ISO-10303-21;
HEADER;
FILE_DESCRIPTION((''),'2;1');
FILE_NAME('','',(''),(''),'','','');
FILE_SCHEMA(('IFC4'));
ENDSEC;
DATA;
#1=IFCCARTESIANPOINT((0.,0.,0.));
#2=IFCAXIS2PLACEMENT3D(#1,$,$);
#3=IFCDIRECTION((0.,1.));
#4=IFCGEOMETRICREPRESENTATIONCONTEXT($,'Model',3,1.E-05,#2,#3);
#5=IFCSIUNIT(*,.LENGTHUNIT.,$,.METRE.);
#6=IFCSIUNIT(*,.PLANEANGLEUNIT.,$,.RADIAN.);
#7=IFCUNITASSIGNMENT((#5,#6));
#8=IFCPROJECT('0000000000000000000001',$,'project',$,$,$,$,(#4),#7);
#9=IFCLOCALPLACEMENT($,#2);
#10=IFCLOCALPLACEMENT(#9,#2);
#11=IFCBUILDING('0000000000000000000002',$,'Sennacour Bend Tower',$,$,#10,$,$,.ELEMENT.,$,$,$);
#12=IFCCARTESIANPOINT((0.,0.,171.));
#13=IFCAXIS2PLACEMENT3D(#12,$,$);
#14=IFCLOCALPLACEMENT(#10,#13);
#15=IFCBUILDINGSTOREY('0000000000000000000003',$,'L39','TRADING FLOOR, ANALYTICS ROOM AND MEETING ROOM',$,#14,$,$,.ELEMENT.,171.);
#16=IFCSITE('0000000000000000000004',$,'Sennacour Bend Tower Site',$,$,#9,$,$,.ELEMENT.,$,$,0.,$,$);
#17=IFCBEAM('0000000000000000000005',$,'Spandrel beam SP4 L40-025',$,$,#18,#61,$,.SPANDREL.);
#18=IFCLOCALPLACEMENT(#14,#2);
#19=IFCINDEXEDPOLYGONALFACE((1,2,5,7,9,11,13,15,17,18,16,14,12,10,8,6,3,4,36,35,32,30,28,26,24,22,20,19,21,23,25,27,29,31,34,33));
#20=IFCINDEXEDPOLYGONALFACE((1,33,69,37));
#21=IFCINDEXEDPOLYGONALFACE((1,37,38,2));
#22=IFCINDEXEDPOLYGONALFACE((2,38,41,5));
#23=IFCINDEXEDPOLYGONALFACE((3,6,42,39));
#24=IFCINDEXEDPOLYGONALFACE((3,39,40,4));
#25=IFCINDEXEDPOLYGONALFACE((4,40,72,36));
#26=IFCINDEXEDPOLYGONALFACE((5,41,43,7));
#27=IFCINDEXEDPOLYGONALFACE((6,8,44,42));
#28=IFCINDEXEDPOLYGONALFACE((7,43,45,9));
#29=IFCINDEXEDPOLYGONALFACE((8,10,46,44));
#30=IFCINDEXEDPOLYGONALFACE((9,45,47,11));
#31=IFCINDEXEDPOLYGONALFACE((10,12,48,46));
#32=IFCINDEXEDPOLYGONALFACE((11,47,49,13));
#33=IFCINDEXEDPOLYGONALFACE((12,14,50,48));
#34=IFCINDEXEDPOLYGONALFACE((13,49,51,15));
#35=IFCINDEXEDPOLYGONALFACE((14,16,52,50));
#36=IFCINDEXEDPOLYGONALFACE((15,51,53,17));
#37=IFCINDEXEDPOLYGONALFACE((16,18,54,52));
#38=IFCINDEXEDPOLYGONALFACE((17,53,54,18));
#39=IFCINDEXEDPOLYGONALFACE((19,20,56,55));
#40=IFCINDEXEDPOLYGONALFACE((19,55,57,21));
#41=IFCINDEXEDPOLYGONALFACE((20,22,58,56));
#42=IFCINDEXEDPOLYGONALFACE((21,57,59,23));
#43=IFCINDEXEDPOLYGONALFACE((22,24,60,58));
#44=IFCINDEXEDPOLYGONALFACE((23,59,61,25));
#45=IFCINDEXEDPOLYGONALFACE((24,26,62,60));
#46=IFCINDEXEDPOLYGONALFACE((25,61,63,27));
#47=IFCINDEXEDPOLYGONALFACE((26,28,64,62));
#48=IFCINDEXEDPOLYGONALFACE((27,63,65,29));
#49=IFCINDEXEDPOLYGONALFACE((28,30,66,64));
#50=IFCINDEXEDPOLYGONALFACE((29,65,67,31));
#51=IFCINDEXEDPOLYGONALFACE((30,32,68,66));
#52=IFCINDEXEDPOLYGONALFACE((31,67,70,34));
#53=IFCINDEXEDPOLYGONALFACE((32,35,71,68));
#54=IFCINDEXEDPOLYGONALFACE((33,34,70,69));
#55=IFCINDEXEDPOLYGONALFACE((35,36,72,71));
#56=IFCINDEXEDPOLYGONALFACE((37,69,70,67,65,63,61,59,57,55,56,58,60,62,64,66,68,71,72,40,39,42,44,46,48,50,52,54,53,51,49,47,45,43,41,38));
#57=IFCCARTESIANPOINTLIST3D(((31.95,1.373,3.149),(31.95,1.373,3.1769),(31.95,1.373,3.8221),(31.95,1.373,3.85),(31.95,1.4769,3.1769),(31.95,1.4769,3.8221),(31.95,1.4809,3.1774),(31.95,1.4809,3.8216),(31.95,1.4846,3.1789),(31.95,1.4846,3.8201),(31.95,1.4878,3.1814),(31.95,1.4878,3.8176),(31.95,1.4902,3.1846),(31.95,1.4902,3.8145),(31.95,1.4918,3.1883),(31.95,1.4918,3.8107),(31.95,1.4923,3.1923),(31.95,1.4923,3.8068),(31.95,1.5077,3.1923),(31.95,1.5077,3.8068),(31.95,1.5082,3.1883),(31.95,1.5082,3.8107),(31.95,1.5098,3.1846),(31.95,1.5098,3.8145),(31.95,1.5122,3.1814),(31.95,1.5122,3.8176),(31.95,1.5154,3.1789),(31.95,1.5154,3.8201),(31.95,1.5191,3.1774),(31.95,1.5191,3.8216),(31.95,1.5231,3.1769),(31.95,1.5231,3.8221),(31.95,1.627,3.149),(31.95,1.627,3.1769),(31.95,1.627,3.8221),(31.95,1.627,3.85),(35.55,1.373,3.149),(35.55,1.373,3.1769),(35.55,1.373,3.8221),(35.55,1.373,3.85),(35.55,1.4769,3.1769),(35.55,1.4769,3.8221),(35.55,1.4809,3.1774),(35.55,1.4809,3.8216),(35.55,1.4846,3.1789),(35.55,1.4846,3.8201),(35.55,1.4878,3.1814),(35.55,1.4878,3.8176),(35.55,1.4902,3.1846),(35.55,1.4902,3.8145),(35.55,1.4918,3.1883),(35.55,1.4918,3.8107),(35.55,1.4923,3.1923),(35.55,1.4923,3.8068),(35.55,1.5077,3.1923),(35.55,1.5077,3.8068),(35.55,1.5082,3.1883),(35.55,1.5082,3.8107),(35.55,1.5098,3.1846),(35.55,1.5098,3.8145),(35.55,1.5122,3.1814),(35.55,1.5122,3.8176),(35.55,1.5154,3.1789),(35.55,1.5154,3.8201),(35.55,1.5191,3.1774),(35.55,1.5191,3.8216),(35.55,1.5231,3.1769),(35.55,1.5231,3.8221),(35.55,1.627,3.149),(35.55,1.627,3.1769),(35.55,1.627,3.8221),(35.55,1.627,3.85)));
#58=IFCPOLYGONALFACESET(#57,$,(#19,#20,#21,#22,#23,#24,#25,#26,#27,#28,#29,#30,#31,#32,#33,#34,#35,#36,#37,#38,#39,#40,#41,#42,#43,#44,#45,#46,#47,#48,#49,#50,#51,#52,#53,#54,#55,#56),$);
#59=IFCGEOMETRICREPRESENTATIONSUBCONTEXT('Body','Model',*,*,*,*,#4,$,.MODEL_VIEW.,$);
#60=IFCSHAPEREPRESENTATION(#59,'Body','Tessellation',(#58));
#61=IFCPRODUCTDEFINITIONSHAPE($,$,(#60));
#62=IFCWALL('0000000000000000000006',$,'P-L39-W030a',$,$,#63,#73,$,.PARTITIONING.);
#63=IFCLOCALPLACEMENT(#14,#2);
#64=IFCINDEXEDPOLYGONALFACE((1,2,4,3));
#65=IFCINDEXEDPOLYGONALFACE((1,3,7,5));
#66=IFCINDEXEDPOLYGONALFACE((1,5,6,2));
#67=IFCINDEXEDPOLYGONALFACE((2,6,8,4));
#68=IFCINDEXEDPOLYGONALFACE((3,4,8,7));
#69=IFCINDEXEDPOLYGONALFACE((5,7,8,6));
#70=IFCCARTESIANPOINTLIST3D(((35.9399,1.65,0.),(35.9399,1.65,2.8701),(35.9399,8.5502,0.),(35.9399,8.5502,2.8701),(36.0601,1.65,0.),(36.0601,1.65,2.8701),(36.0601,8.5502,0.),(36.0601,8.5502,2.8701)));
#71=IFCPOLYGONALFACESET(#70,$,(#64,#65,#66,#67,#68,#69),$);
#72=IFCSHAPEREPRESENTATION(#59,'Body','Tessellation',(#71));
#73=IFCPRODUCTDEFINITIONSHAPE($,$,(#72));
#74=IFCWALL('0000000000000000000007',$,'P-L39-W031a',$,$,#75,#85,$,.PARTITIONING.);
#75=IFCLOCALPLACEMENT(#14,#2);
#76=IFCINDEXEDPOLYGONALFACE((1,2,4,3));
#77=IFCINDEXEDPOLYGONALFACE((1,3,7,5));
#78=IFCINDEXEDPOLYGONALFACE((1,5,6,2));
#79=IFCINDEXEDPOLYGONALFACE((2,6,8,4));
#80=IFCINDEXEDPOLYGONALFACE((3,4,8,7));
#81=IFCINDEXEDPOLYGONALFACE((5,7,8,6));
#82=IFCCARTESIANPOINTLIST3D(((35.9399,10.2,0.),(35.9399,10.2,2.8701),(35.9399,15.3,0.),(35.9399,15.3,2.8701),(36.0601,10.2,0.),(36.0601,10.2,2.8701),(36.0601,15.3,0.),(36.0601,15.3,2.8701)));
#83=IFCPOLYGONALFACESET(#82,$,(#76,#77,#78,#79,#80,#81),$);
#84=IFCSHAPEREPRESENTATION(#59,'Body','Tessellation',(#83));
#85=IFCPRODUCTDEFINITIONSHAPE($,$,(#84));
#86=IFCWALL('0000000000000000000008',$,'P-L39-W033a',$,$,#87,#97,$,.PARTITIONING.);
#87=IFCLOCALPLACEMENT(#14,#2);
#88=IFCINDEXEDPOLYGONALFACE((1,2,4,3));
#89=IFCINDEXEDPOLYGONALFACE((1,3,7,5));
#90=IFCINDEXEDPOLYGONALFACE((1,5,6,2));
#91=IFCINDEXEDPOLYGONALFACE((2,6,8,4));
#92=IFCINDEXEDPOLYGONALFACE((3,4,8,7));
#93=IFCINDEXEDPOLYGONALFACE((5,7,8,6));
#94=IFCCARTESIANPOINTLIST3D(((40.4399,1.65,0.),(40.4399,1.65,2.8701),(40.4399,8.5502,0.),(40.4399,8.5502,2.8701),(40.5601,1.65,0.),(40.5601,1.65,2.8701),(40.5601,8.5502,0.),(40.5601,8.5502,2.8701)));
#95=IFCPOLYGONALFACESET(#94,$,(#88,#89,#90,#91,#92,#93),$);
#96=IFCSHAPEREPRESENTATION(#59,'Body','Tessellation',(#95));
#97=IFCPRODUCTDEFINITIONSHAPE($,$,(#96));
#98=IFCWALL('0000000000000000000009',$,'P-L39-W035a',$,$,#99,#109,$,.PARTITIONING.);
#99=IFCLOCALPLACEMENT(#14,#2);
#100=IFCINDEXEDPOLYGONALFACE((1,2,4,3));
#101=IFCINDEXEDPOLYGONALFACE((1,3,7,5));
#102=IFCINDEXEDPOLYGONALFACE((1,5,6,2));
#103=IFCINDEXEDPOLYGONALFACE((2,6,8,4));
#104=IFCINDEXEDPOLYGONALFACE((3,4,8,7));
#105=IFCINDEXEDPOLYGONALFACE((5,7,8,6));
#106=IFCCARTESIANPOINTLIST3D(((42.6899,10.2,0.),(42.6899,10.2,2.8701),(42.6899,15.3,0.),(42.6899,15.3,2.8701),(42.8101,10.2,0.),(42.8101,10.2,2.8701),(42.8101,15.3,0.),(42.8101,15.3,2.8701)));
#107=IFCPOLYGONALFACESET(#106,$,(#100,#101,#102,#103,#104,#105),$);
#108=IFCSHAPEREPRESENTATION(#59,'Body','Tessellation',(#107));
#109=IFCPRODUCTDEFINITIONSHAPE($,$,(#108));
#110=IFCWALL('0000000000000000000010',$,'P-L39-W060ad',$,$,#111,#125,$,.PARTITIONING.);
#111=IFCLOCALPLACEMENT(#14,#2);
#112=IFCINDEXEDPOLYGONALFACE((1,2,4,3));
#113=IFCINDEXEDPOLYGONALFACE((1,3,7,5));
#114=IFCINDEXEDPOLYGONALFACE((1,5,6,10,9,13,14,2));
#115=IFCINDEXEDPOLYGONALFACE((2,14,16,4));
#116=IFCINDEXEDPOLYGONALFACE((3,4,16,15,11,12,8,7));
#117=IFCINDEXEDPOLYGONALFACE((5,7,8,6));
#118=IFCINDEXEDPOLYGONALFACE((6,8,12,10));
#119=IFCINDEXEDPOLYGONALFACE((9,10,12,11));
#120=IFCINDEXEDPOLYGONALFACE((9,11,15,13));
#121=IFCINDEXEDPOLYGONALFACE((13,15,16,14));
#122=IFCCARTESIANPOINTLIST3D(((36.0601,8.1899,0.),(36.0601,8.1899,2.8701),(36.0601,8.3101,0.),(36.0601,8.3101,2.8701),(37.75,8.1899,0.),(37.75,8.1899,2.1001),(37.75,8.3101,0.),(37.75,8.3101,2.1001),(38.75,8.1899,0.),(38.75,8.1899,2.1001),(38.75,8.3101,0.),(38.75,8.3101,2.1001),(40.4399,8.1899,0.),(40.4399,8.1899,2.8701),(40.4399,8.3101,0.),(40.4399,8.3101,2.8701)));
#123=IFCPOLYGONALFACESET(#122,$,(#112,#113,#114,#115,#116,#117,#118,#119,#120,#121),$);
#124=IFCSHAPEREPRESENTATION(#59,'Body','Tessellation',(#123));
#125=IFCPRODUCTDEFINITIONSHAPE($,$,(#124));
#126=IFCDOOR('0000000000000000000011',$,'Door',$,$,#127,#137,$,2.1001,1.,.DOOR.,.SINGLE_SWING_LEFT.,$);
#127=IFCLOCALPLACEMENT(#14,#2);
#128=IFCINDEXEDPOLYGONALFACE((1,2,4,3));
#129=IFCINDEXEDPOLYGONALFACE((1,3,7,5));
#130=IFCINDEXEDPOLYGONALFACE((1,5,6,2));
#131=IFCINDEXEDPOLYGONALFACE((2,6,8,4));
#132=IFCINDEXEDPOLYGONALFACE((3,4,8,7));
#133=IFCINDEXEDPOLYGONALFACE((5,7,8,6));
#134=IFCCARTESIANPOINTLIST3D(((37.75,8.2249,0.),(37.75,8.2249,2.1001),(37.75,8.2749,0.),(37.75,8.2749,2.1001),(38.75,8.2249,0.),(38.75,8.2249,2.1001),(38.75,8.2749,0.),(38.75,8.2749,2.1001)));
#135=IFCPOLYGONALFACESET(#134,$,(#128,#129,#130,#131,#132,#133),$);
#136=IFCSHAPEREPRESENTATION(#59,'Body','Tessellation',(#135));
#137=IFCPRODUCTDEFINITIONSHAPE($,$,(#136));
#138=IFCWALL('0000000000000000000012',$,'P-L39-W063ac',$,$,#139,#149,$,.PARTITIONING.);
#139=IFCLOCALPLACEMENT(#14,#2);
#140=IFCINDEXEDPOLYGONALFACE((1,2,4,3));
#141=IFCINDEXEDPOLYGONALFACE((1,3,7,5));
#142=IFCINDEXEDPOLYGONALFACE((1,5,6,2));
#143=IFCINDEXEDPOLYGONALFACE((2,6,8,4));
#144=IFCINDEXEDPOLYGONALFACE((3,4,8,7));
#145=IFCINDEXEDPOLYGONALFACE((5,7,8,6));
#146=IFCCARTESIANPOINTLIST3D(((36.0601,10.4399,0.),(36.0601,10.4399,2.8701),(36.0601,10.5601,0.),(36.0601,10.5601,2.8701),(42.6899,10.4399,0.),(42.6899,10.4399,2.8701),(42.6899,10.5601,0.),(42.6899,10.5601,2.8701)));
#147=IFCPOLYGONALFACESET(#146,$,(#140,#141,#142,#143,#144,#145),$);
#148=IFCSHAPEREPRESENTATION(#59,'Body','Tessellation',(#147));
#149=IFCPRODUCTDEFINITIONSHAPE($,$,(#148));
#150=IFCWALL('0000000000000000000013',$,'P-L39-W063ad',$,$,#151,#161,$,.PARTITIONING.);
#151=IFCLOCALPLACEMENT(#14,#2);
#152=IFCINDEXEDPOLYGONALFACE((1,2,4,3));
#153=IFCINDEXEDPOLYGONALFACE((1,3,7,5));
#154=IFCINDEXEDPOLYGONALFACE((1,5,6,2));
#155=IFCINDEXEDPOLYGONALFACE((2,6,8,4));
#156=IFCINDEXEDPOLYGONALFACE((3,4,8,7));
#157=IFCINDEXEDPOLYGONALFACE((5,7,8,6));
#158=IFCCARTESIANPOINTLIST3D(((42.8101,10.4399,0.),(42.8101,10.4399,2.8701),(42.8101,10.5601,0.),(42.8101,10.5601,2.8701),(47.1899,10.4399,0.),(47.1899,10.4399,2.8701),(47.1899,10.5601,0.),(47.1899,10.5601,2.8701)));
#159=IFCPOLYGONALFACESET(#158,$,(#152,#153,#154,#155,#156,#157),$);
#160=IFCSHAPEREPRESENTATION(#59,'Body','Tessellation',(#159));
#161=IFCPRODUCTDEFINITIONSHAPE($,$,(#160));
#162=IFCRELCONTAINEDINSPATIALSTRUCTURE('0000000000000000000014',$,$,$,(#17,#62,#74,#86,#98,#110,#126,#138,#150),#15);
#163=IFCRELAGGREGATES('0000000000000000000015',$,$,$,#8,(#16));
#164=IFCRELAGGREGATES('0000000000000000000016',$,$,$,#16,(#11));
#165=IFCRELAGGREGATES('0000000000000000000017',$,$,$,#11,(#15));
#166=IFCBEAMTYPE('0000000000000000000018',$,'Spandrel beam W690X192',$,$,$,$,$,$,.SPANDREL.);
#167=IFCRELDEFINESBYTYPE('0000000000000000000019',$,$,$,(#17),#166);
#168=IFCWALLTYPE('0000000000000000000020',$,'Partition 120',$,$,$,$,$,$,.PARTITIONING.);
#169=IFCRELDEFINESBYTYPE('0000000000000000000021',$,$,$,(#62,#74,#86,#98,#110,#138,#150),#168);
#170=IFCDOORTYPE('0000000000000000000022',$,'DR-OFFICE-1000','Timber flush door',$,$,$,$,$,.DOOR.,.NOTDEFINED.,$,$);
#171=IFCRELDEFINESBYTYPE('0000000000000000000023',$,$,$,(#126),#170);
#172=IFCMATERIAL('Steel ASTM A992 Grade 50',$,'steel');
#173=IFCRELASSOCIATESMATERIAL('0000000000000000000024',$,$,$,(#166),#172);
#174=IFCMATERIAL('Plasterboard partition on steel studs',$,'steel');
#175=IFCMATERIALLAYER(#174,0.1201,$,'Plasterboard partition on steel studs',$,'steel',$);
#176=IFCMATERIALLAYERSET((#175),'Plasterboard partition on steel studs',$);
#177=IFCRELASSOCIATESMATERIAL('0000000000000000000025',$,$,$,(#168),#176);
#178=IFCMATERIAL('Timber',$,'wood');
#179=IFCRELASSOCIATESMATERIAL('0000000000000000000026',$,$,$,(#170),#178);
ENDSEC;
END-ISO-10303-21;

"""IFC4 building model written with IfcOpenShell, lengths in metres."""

from ifc_helpers import new_model, si_unit, direction, frame, frame_2d, origin, origin_2d, place, context, subcontext, project, spatial, rectangle, i_section, extrude, material, layer, layer_set, material_profile, profile_set, type_object, element, fill, save


model = new_model("IFC4")

# Units and contexts
model_context = context("Model", 3, precision=1e-05, world=origin(), true_north=direction((0.0, 1.0)))
body_context = subcontext(model_context, "Body", "Model", "MODEL_VIEW")
ifc_project = project(units=[si_unit("LENGTHUNIT", "METRE"), si_unit("PLANEANGLEUNIT", "RADIAN")], contexts=[model_context])

# Site, building, storey
site_placement = place(None, origin())
site = spatial("IfcSite", under=ifc_project, at=site_placement, Name="Sennacour Bend Tower Site", CompositionType="ELEMENT", RefElevation=0.0)
building_placement = place(site_placement, origin())
building = spatial("IfcBuilding", under=site, at=building_placement, Name="Sennacour Bend Tower", CompositionType="ELEMENT")
storey_placement = place(building_placement, frame((0.0, 0.0, 171.0)))
storey = spatial("IfcBuildingStorey", under=building, at=storey_placement, Name="L39", Description="TRADING FLOOR, ANALYTICS ROOM AND MEETING ROOM", CompositionType="ELEMENT", Elevation=171.0)

# Beam
ifc_material_1 = material(Name="Steel ASTM A992 Grade 50", Category="steel")
ifc_material_profile_1 = material_profile(ifc_material_1, i_section(OverallWidth=0.2539, OverallDepth=0.7009, WebThickness=0.0154, FlangeThickness=0.0278, FilletRadius=0.0154, at=origin_2d()), Name="Steel ASTM A992 Grade 50", Category="steel")
ifc_profile_set_1 = profile_set([ifc_material_profile_1], Name="Steel ASTM A992 Grade 50")
beam_type_1 = type_object("IfcBeamType", Name="Spandrel beam W690X192", PredefinedType="SPANDREL", material=ifc_profile_set_1)
for number, where, z_axis, x_axis, name in (
    (1, (35.55, 1.5, 3.4995), (-1.0, 0.0, 0.0), (0.0, -1.0, 0.0), "Spandrel beam SP4 L40-025"),
):
    element("IfcBeam", number, at=place(storey_placement, frame(where, z_axis=z_axis, x_axis=x_axis)), inside=storey, type_object=beam_type_1, Name=name, PredefinedType="SPANDREL", context=body_context, shape_type="SweptSolid", body=[
        extrude(i_section(OverallWidth=0.2539, OverallDepth=0.7009, WebThickness=0.0154, FlangeThickness=0.0278, FilletRadius=0.0154, at=origin_2d()), origin(), (0.0, 0.0, 1.0), 3.6001),
    ])

# Walls
ifc_material_2 = material(Name="Plasterboard partition on steel studs", Category="steel")
ifc_layer_1 = layer(ifc_material_2, 0.1201, Name="Plasterboard partition on steel studs", Category="steel")
ifc_layer_set_1 = layer_set([ifc_layer_1], Name="Plasterboard partition on steel studs")
wall_type_1 = type_object("IfcWallType", Name="Partition 120", PredefinedType="PARTITIONING", material=ifc_layer_set_1)
wall_1_placement = place(storey_placement, frame((36.0, 1.6499, 0.0), z_axis=(0.0, 0.0, 1.0), x_axis=(0.0, 1.0, 0.0)))
element("IfcWall", 2, at=wall_1_placement, inside=storey, type_object=wall_type_1, Name="P-L39-W030a", PredefinedType="PARTITIONING", context=body_context, shape_type="SweptSolid", body=[
    extrude(rectangle(XDim=6.9001, YDim=0.1201, at=frame_2d((3.4502, 0.0))), origin(), (0.0, 0.0, 1.0), 2.8701),
])
wall_2_placement = place(storey_placement, frame((36.0, 10.2, 0.0), z_axis=(0.0, 0.0, 1.0), x_axis=(0.0, 1.0, 0.0)))
element("IfcWall", 3, at=wall_2_placement, inside=storey, type_object=wall_type_1, Name="P-L39-W031a", PredefinedType="PARTITIONING", context=body_context, shape_type="SweptSolid", body=[
    extrude(rectangle(XDim=5.1001, YDim=0.1201, at=frame_2d((2.55, 0.0))), origin(), (0.0, 0.0, 1.0), 2.8701),
])
wall_3_placement = place(storey_placement, frame((40.5, 1.6499, 0.0), z_axis=(0.0, 0.0, 1.0), x_axis=(0.0, 1.0, 0.0)))
element("IfcWall", 4, at=wall_3_placement, inside=storey, type_object=wall_type_1, Name="P-L39-W033a", PredefinedType="PARTITIONING", context=body_context, shape_type="SweptSolid", body=[
    extrude(rectangle(XDim=6.9001, YDim=0.1201, at=frame_2d((3.4502, 0.0))), origin(), (0.0, 0.0, 1.0), 2.8701),
])
wall_4_placement = place(storey_placement, frame((42.75, 10.2, 0.0), z_axis=(0.0, 0.0, 1.0), x_axis=(0.0, 1.0, 0.0)))
element("IfcWall", 5, at=wall_4_placement, inside=storey, type_object=wall_type_1, Name="P-L39-W035a", PredefinedType="PARTITIONING", context=body_context, shape_type="SweptSolid", body=[
    extrude(rectangle(XDim=5.1001, YDim=0.1201, at=frame_2d((2.55, 0.0))), origin(), (0.0, 0.0, 1.0), 2.8701),
])

# Wall, opening, door
wall_5_placement = place(storey_placement, frame((36.0601, 8.25, 0.0), z_axis=(0.0, 0.0, 1.0), x_axis=(1.0, 0.0, 0.0)))
wall_5 = element("IfcWall", 6, at=wall_5_placement, inside=storey, type_object=wall_type_1, Name="P-L39-W060ad", PredefinedType="PARTITIONING", context=body_context, shape_type="SweptSolid", body=[
    extrude(rectangle(XDim=4.3799, YDim=0.1201, at=frame_2d((2.1899, 0.0))), origin(), (0.0, 0.0, 1.0), 2.8701),
])
opening_1_placement = place(wall_5_placement, frame((1.6899, 0.0, 0.0)))
opening_1 = element("IfcOpeningElement", 7, at=opening_1_placement, cuts=wall_5, PredefinedType="OPENING", context=body_context, shape_type="SweptSolid", body=[
    extrude(rectangle(XDim=1.0, YDim=2.1001, at=frame_2d((0.5, 1.05))), frame((0.0, 0.0701, 0.0), z_axis=(0.0, -1.0, 0.0), x_axis=(1.0, 0.0, 0.0)), (0.0, 0.0, 1.0), 0.1401),
])
ifc_material_3 = material(Name="Timber", Category="wood")
door_type_1 = type_object("IfcDoorType", Name="DR-OFFICE-1000", Description="Timber flush door", OperationType="NOTDEFINED", PredefinedType="DOOR", material=ifc_material_3)
door_1_placement = place(opening_1_placement, origin())
door_1 = element("IfcDoor", 8, at=door_1_placement, inside=storey, type_object=door_type_1, Name="Door", OperationType="SINGLE_SWING_LEFT", OverallHeight=2.1001, OverallWidth=1.0, PredefinedType="DOOR", context=body_context, shape_type="SweptSolid", body=[
    extrude(rectangle(XDim=1.0, YDim=2.1001, at=frame_2d((0.5, 1.05))), frame((0.0, 0.0249, 0.0), z_axis=(0.0, -1.0, 0.0), x_axis=(1.0, 0.0, 0.0)), (0.0, 0.0, 1.0), 0.05),
])
fill(opening_1, door_1)

# Walls
wall_6_placement = place(storey_placement, frame((36.0601, 10.5, 0.0), z_axis=(0.0, 0.0, 1.0), x_axis=(1.0, 0.0, 0.0)))
element("IfcWall", 9, at=wall_6_placement, inside=storey, type_object=wall_type_1, Name="P-L39-W063ac", PredefinedType="PARTITIONING", context=body_context, shape_type="SweptSolid", body=[
    extrude(rectangle(XDim=6.6299, YDim=0.1201, at=frame_2d((3.3149, 0.0))), origin(), (0.0, 0.0, 1.0), 2.8701),
])
wall_7_placement = place(storey_placement, frame((42.8101, 10.5, 0.0), z_axis=(0.0, 0.0, 1.0), x_axis=(1.0, 0.0, 0.0)))
element("IfcWall", 10, at=wall_7_placement, inside=storey, type_object=wall_type_1, Name="P-L39-W063ad", PredefinedType="PARTITIONING", context=body_context, shape_type="SweptSolid", body=[
    extrude(rectangle(XDim=4.3799, YDim=0.1201, at=frame_2d((2.1899, 0.0))), origin(), (0.0, 0.0, 1.0), 2.8701),
])

save(model, "model.ifc")
